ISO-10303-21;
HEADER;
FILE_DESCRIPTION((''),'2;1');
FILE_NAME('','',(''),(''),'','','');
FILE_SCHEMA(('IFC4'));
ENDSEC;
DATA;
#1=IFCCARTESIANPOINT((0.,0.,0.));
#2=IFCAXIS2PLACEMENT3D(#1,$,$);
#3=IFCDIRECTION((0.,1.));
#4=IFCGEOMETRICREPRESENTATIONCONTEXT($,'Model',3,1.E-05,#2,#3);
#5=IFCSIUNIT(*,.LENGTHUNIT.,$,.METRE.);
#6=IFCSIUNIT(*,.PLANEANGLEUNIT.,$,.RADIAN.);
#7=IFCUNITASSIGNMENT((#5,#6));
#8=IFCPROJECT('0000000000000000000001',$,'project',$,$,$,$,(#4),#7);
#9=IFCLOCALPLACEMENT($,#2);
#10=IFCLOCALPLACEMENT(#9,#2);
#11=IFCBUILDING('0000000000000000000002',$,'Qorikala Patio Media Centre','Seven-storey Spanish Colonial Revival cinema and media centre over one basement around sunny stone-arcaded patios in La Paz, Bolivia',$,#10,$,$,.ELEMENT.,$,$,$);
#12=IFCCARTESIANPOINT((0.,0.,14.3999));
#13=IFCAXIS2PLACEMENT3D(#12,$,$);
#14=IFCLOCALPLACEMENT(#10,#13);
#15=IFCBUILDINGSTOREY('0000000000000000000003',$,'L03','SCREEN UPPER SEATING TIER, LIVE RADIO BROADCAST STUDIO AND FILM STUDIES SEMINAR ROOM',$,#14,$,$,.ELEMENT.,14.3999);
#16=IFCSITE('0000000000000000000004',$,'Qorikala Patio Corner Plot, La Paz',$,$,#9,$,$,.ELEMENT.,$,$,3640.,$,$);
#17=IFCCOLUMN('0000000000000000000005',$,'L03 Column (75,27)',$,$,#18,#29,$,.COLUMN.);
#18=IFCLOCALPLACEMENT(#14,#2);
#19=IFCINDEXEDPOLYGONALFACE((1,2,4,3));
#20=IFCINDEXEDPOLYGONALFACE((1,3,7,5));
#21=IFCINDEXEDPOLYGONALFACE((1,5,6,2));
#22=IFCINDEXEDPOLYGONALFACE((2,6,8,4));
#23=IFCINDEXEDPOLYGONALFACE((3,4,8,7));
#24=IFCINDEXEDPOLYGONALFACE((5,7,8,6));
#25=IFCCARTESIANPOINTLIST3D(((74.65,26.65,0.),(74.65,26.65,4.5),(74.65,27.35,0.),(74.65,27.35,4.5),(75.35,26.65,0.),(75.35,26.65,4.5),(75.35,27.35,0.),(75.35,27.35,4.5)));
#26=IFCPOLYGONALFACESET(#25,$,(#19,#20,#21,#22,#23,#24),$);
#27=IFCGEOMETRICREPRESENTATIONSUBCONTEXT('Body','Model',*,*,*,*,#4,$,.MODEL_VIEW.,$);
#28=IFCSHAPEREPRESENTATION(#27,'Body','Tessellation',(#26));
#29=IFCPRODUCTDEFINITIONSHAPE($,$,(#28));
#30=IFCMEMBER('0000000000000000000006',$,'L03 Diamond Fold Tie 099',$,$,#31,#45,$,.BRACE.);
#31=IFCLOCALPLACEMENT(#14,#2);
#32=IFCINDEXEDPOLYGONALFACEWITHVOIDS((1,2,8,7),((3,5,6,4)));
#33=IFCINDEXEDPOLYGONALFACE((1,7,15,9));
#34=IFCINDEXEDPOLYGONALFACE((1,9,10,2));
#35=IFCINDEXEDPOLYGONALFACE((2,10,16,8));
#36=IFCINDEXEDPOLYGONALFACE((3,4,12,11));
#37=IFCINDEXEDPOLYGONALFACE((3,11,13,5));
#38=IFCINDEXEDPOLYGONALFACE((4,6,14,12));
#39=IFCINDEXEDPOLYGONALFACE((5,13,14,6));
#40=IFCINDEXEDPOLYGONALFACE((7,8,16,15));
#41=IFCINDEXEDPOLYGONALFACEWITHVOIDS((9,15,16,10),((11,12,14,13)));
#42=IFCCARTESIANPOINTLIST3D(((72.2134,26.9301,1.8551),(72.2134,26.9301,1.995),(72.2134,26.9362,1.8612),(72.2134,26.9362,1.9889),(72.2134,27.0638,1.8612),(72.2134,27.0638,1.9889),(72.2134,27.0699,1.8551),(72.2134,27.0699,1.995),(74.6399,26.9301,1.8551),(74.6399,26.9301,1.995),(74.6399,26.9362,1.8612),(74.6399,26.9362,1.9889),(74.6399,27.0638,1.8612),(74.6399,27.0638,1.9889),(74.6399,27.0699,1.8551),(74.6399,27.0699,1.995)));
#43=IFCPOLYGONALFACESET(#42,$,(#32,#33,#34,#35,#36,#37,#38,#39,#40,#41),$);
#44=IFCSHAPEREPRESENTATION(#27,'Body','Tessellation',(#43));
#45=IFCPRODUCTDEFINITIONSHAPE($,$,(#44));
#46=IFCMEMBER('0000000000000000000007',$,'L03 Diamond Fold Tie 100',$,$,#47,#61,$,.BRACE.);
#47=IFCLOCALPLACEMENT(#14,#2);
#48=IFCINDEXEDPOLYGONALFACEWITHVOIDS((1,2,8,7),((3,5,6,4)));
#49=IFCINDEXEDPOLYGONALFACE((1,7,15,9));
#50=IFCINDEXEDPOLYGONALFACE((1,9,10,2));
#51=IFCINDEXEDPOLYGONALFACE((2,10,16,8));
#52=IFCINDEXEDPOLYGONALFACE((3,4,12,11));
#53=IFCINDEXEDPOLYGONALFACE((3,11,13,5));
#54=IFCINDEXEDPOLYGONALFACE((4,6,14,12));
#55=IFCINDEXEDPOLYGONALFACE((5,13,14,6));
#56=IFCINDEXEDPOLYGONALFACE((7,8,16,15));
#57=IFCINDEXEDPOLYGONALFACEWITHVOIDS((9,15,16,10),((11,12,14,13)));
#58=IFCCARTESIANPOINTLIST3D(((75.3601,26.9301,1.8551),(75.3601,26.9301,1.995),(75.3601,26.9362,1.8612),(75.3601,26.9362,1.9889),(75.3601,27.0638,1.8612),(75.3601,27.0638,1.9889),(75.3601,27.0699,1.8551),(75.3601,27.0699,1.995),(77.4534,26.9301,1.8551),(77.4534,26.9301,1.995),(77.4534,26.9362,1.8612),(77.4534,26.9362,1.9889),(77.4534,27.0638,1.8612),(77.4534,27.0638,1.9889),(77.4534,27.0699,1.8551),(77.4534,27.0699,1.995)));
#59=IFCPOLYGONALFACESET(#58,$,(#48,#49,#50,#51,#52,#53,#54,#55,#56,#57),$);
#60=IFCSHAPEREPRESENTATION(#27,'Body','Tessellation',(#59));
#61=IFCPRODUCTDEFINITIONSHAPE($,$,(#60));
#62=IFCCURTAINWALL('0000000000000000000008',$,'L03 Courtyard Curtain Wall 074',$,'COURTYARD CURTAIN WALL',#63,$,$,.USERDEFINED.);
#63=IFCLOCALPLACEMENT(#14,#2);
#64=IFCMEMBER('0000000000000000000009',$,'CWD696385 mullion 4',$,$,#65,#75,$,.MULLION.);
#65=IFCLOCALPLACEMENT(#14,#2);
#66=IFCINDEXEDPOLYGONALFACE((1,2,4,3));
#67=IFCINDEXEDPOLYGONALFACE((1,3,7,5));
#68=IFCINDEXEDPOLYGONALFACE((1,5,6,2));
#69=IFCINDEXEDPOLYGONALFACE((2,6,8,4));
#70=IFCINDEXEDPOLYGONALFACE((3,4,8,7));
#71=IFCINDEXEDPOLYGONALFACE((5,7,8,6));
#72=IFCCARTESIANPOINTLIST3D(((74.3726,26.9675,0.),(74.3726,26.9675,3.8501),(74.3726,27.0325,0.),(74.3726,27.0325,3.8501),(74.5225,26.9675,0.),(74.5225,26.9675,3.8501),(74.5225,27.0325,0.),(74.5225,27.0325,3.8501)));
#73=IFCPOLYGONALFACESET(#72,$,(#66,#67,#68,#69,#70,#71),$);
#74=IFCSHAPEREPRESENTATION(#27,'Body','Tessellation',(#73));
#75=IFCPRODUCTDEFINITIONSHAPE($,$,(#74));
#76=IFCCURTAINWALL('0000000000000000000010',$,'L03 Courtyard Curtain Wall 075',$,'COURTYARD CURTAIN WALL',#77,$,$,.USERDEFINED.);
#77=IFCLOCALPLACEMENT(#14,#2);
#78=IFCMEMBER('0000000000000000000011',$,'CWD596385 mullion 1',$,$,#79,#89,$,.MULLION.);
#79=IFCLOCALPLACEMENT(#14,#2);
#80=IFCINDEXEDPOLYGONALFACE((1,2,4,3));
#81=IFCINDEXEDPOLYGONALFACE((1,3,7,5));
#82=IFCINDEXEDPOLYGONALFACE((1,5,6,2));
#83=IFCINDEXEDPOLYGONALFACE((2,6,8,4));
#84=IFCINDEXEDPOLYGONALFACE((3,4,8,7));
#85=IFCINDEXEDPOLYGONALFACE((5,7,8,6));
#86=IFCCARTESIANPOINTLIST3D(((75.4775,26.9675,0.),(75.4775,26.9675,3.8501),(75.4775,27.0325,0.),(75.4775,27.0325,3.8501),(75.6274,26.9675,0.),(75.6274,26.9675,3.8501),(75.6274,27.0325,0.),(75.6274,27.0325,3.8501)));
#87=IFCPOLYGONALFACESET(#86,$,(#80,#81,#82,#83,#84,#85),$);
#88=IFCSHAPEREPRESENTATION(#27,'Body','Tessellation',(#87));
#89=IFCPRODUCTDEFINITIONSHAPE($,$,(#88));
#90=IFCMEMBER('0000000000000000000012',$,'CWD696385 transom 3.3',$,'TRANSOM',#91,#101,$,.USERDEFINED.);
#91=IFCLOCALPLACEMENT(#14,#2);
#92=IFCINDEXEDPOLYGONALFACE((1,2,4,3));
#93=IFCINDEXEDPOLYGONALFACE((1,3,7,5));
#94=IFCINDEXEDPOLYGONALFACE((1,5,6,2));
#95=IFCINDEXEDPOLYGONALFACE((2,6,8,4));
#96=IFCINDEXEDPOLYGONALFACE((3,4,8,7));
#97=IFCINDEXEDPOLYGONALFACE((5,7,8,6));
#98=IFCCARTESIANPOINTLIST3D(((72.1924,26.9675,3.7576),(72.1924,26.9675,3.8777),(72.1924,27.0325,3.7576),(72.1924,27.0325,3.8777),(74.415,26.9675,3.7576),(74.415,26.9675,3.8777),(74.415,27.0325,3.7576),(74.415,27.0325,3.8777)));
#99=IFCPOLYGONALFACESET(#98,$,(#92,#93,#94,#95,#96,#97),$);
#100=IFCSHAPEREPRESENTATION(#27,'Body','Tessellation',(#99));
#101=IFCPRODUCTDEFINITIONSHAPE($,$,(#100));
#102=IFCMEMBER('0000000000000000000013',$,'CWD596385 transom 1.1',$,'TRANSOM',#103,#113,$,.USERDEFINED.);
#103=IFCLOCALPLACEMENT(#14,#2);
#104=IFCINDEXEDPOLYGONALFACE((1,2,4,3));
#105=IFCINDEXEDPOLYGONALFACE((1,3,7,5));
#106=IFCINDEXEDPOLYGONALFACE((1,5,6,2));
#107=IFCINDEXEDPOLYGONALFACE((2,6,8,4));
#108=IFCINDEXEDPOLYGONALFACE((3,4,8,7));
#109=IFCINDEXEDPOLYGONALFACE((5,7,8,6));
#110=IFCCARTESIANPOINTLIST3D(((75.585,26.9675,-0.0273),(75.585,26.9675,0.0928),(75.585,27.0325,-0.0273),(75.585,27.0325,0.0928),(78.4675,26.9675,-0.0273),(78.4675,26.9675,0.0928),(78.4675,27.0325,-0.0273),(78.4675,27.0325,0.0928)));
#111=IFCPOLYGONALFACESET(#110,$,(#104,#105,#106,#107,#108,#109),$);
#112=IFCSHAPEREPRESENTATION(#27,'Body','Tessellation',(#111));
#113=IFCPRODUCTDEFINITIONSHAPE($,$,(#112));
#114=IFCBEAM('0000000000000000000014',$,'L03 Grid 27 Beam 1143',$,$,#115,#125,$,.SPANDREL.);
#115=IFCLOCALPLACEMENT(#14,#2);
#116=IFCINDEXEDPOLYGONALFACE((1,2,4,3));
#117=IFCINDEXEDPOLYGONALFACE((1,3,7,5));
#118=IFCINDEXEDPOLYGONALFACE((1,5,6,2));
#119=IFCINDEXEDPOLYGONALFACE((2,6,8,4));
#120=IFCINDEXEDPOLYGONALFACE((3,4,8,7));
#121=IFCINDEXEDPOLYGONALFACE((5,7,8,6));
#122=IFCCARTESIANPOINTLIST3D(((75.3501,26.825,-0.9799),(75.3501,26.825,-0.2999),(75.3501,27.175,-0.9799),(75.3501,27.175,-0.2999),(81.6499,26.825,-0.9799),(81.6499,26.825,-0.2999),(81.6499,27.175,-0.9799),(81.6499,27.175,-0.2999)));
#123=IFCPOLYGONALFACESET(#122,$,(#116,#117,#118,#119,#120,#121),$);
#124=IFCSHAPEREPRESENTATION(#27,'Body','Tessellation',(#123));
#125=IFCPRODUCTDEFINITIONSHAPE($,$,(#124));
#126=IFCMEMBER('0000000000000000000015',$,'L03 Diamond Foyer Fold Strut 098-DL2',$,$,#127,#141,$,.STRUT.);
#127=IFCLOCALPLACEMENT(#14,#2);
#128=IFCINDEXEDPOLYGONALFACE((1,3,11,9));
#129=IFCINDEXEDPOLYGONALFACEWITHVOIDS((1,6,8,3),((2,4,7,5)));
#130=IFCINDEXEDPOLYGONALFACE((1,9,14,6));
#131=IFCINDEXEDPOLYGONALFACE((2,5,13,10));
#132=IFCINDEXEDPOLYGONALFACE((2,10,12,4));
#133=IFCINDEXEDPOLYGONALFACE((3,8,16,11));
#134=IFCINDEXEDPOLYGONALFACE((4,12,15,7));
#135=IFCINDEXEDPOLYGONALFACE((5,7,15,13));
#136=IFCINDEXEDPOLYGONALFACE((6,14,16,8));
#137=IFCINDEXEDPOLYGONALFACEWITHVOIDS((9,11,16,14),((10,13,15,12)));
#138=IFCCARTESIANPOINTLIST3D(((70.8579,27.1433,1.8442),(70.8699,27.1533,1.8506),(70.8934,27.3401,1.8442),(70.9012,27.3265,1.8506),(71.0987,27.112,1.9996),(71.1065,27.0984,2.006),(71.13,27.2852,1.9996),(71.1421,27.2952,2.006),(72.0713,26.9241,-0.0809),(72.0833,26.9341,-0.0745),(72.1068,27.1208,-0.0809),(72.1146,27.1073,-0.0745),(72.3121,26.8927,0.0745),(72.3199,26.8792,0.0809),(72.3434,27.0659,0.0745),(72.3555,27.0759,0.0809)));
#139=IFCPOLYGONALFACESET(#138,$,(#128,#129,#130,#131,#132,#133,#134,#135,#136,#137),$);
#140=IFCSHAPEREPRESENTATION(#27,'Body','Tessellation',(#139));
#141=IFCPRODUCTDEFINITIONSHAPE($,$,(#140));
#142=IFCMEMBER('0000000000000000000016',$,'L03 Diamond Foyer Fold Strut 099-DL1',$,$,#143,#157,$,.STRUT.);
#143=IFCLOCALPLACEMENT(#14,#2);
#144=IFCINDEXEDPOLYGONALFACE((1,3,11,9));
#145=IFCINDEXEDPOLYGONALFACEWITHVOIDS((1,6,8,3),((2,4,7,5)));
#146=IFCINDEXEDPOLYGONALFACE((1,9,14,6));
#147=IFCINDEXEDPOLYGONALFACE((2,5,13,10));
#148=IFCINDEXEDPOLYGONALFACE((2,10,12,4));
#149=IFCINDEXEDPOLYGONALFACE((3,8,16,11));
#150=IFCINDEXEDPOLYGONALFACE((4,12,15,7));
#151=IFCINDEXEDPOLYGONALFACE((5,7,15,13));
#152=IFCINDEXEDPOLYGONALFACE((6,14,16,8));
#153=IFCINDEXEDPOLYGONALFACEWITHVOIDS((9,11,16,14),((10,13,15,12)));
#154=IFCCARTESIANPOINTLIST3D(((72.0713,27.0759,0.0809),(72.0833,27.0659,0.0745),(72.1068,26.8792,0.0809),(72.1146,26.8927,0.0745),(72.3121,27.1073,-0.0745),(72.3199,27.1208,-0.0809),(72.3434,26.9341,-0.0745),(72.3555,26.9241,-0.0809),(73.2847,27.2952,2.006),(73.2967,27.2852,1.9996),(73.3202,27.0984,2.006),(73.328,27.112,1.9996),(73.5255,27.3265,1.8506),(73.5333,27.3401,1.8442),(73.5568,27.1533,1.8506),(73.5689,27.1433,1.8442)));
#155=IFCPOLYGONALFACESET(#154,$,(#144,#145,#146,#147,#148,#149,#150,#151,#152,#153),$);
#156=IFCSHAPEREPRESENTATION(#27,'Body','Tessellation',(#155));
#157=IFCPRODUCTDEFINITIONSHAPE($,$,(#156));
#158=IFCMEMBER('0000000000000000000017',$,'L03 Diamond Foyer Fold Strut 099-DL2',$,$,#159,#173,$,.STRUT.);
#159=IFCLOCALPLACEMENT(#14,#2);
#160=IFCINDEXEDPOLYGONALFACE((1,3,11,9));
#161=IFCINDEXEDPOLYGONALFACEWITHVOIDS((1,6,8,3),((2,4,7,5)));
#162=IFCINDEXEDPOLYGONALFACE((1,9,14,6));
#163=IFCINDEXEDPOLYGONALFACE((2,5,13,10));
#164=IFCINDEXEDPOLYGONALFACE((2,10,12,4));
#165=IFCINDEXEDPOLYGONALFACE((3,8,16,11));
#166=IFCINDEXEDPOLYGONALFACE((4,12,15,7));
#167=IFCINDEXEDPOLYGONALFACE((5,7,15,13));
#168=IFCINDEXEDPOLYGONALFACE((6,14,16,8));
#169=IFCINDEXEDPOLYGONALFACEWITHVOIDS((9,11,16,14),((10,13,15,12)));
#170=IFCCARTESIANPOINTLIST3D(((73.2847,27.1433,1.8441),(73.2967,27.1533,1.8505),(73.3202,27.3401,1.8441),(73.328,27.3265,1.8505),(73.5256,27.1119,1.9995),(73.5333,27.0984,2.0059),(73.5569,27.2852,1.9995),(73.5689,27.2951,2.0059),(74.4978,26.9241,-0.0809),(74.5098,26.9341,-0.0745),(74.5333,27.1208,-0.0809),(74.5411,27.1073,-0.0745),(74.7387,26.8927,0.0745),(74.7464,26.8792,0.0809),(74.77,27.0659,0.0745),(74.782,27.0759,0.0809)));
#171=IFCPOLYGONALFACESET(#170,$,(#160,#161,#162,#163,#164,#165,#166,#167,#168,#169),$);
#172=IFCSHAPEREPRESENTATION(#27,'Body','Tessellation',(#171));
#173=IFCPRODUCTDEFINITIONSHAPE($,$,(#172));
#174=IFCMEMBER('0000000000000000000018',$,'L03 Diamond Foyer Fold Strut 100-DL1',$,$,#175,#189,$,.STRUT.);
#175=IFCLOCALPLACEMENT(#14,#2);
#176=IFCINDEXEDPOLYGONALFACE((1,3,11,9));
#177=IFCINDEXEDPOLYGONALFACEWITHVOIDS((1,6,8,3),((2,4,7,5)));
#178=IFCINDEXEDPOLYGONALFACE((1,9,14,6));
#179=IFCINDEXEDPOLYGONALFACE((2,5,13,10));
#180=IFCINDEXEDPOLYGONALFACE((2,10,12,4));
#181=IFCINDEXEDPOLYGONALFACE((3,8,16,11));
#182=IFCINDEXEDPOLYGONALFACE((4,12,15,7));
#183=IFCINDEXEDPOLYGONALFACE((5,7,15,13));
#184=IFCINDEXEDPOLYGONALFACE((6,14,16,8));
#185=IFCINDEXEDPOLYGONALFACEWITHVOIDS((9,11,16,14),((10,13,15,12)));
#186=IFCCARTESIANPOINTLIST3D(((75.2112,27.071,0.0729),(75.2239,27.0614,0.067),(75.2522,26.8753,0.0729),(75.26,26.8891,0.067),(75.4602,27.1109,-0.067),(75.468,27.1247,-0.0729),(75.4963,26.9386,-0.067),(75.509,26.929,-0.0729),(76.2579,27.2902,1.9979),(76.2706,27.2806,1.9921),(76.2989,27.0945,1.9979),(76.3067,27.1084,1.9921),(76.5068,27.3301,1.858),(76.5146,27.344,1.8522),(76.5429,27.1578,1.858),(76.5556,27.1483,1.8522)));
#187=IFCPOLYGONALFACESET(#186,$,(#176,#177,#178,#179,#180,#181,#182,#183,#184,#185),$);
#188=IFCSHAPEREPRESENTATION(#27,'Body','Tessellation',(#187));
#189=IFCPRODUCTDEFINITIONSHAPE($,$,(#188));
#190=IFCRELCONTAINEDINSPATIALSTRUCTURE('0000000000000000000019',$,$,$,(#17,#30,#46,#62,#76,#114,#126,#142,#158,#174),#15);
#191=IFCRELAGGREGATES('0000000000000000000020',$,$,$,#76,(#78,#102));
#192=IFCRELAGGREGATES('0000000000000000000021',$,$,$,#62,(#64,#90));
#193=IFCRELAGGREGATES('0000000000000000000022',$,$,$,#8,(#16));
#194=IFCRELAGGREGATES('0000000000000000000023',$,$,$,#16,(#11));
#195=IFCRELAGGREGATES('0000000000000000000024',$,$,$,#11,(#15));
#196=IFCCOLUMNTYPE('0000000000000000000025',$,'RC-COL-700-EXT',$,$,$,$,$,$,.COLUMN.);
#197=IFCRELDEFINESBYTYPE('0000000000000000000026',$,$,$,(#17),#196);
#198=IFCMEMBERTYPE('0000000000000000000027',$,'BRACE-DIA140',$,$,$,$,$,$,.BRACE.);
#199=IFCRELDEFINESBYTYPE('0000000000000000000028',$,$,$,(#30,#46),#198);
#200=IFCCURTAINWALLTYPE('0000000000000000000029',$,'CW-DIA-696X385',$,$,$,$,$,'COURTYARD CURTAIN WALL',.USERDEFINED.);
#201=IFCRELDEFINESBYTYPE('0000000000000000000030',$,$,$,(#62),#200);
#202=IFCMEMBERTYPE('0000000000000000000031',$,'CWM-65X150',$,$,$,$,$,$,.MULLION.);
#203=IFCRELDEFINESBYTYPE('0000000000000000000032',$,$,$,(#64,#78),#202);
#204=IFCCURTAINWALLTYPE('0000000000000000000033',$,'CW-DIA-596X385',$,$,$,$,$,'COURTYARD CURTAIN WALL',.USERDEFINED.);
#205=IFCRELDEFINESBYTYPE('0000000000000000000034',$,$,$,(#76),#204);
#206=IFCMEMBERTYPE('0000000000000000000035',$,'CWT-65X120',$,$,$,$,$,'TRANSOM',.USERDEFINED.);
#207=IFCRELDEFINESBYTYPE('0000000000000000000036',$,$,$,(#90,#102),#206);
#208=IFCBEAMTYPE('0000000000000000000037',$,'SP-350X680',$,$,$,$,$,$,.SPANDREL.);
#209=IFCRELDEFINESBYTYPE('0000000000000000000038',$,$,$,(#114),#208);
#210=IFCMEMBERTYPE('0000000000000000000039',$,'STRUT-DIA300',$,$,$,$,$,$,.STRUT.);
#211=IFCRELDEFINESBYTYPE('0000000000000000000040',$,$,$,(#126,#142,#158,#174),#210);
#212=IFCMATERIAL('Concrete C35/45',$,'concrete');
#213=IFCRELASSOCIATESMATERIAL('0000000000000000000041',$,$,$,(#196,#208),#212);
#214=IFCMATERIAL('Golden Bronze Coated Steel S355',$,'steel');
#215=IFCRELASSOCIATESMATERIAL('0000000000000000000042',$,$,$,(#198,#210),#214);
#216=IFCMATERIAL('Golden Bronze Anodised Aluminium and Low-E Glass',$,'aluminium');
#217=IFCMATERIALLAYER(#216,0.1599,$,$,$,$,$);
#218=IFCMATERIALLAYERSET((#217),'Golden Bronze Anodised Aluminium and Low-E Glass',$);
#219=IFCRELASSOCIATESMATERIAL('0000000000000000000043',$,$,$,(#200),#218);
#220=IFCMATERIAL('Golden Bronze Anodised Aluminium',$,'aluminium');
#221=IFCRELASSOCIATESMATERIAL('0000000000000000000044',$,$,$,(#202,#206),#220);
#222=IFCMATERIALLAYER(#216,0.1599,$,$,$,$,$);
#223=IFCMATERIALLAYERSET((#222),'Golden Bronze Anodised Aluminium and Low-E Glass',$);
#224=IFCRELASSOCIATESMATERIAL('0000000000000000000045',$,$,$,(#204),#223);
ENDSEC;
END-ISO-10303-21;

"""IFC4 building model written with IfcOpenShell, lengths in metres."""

from ifc_helpers import new_model, si_unit, direction, frame, origin, origin_2d, place, context, subcontext, project, spatial, rectangle, hollow_rectangle, extrude, material, layer, layer_set, material_profile, profile_set, type_object, element, aggregate, save


model = new_model("IFC4")

# Units and contexts
model_context = context("Model", 3, precision=1e-05, world=origin(), true_north=direction((0.0, 1.0)))
body_context = subcontext(model_context, "Body", "Model", "MODEL_VIEW")
ifc_project = project(units=[si_unit("LENGTHUNIT", "METRE"), si_unit("PLANEANGLEUNIT", "RADIAN")], contexts=[model_context])

# Site, building, storey
site_placement = place(None, origin())
site = spatial("IfcSite", under=ifc_project, at=site_placement, Name="Qorikala Patio Corner Plot, La Paz", CompositionType="ELEMENT", RefElevation=3640.0)
building_placement = place(site_placement, origin())
building = spatial("IfcBuilding", under=site, at=building_placement, Name="Qorikala Patio Media Centre", Description="Seven-storey Spanish Colonial Revival cinema and media centre over one basement around sunny stone-arcaded patios in La Paz, Bolivia", CompositionType="ELEMENT")
storey_placement = place(building_placement, frame((0.0, 0.0, 14.3999)))
storey = spatial("IfcBuildingStorey", under=building, at=storey_placement, Name="L03", Description="SCREEN UPPER SEATING TIER, LIVE RADIO BROADCAST STUDIO AND FILM STUDIES SEMINAR ROOM", CompositionType="ELEMENT", Elevation=14.3999)

# Column
ifc_material_1 = material(Name="Concrete C35/45", Category="concrete")
ifc_material_profile_1 = material_profile(ifc_material_1, rectangle(XDim=0.7, YDim=0.7, at=origin_2d()), Name="RC 700x700")
ifc_profile_set_1 = profile_set([ifc_material_profile_1], Name="Concrete C35/45")
column_type = type_object("IfcColumnType", Name="RC-COL-700-EXT", PredefinedType="COLUMN", material=ifc_profile_set_1)
column_placement = place(storey_placement, frame((75.0, 27.0, 0.0), z_axis=(0.0, 0.0, 1.0), x_axis=(1.0, 0.0, 0.0)))
element("IfcColumn", 1, at=column_placement, inside=storey, type_object=column_type, Name="L03 Column (75,27)", PredefinedType="COLUMN", context=body_context, shape_type="SweptSolid", body=[
    extrude(rectangle(XDim=0.7, YDim=0.7, at=origin_2d()), origin(), (0.0, 0.0, 1.0), 4.5),
])

# Members
ifc_material_2 = material(Name="Golden Bronze Coated Steel S355", Category="steel")
ifc_material_profile_2 = material_profile(ifc_material_2, hollow_rectangle(XDim=0.1399, YDim=0.1399, WallThickness=0.0061, at=origin_2d()), Name="HSS140X140X6")
ifc_profile_set_2 = profile_set([ifc_material_profile_2], Name="Golden Bronze Coated Steel S355")
member_type_1 = type_object("IfcMemberType", Name="BRACE-DIA140", PredefinedType="BRACE", material=ifc_profile_set_2)
member_1_placement = place(storey_placement, frame((72.2134, 27.0, 1.925), z_axis=(1.0, 0.0, 0.0), x_axis=(0.0, 1.0, 0.0)))
element("IfcMember", 2, at=member_1_placement, inside=storey, type_object=member_type_1, Name="L03 Diamond Fold Tie 099", PredefinedType="BRACE", context=body_context, shape_type="SweptSolid", body=[
    extrude(hollow_rectangle(XDim=0.1399, YDim=0.1399, WallThickness=0.0061, at=origin_2d()), origin(), (0.0, 0.0, 1.0), 2.4265),
])
member_2_placement = place(storey_placement, frame((75.3601, 27.0, 1.925), z_axis=(1.0, 0.0, 0.0), x_axis=(0.0, 1.0, 0.0)))
element("IfcMember", 3, at=member_2_placement, inside=storey, type_object=member_type_1, Name="L03 Diamond Fold Tie 100", PredefinedType="BRACE", context=body_context, shape_type="SweptSolid", body=[
    extrude(hollow_rectangle(XDim=0.1399, YDim=0.1399, WallThickness=0.0061, at=origin_2d()), origin(), (0.0, 0.0, 1.0), 2.0933),
])

# Curtain walls, members
ifc_material_3 = material(Name="Golden Bronze Anodised Aluminium and Low-E Glass", Category="aluminium")
ifc_layer_1 = layer(ifc_material_3, 0.1599)
ifc_layer_set_1 = layer_set([ifc_layer_1], Name="Golden Bronze Anodised Aluminium and Low-E Glass")
curtain_wall_type_1 = type_object("IfcCurtainWallType", Name="CW-DIA-696X385", ElementType="COURTYARD CURTAIN WALL", PredefinedType="USERDEFINED", material=ifc_layer_set_1)
curtain_wall_1_placement = place(storey_placement, origin())
curtain_wall_1 = element("IfcCurtainWall", 4, at=curtain_wall_1_placement, inside=storey, type_object=curtain_wall_type_1, Name="L03 Courtyard Curtain Wall 074", ObjectType="COURTYARD CURTAIN WALL", PredefinedType="USERDEFINED")
ifc_material_4 = material(Name="Golden Bronze Anodised Aluminium", Category="aluminium")
ifc_material_profile_3 = material_profile(ifc_material_4, rectangle(XDim=0.0649, YDim=0.1499, at=origin_2d()), Name="ALU MULLION 65x150")
ifc_profile_set_3 = profile_set([ifc_material_profile_3], Name="Golden Bronze Anodised Aluminium")
member_type_2 = type_object("IfcMemberType", Name="CWM-65X150", PredefinedType="MULLION", material=ifc_profile_set_3)
member_3_placement = place(storey_placement, frame((74.4475, 27.0, 0.0), z_axis=(0.0, 0.0, 1.0), x_axis=(0.0, 1.0, 0.0)))
member_3 = element("IfcMember", 5, at=member_3_placement, type_object=member_type_2, Name="CWD696385 mullion 4", PredefinedType="MULLION", context=body_context, shape_type="SweptSolid", body=[
    extrude(rectangle(XDim=0.0649, YDim=0.1499, at=origin_2d()), origin(), (0.0, 0.0, 1.0), 3.8501),
])
ifc_layer_2 = layer(ifc_material_3, 0.1599)
ifc_layer_set_2 = layer_set([ifc_layer_2], Name="Golden Bronze Anodised Aluminium and Low-E Glass")
curtain_wall_type_2 = type_object("IfcCurtainWallType", Name="CW-DIA-596X385", ElementType="COURTYARD CURTAIN WALL", PredefinedType="USERDEFINED", material=ifc_layer_set_2)
curtain_wall_2_placement = place(storey_placement, origin())
curtain_wall_2 = element("IfcCurtainWall", 6, at=curtain_wall_2_placement, inside=storey, type_object=curtain_wall_type_2, Name="L03 Courtyard Curtain Wall 075", ObjectType="COURTYARD CURTAIN WALL", PredefinedType="USERDEFINED")
member_4_placement = place(storey_placement, frame((75.5525, 27.0, 0.0), z_axis=(0.0, 0.0, 1.0), x_axis=(0.0, 1.0, 0.0)))
member_4 = element("IfcMember", 7, at=member_4_placement, type_object=member_type_2, Name="CWD596385 mullion 1", PredefinedType="MULLION", context=body_context, shape_type="SweptSolid", body=[
    extrude(rectangle(XDim=0.0649, YDim=0.1499, at=origin_2d()), origin(), (0.0, 0.0, 1.0), 3.8501),
])

# Members
ifc_material_profile_4 = material_profile(ifc_material_4, rectangle(XDim=0.0649, YDim=0.1201, at=origin_2d()), Name="ALU TRANSOM 65x120")
ifc_profile_set_4 = profile_set([ifc_material_profile_4], Name="Golden Bronze Anodised Aluminium")
member_type_3 = type_object("IfcMemberType", Name="CWT-65X120", ElementType="TRANSOM", PredefinedType="USERDEFINED", material=ifc_profile_set_4)
member_5_placement = place(storey_placement, frame((72.1924, 27.0, 3.8176), z_axis=(1.0, 0.0, 0.0), x_axis=(0.0, 1.0, 0.0)))
member_5 = element("IfcMember", 8, at=member_5_placement, type_object=member_type_3, Name="CWD696385 transom 3.3", ObjectType="TRANSOM", PredefinedType="USERDEFINED", context=body_context, shape_type="SweptSolid", body=[
    extrude(rectangle(XDim=0.0649, YDim=0.1201, at=origin_2d()), origin(), (0.0, 0.0, 1.0), 2.2227),
])
member_6_placement = place(storey_placement, frame((75.585, 27.0, 0.0327), z_axis=(1.0, 0.0, 0.0), x_axis=(0.0, 1.0, 0.0)))
member_6 = element("IfcMember", 9, at=member_6_placement, type_object=member_type_3, Name="CWD596385 transom 1.1", ObjectType="TRANSOM", PredefinedType="USERDEFINED", context=body_context, shape_type="SweptSolid", body=[
    extrude(rectangle(XDim=0.0649, YDim=0.1201, at=origin_2d()), origin(), (0.0, 0.0, 1.0), 2.8826),
])
aggregate(curtain_wall_2, [member_4, member_6])

# Beam
ifc_material_profile_5 = material_profile(ifc_material_1, rectangle(XDim=0.3501, YDim=0.6799, at=origin_2d()), Name="RC 350x680")
ifc_profile_set_5 = profile_set([ifc_material_profile_5], Name="Concrete C35/45")
beam_type = type_object("IfcBeamType", Name="SP-350X680", PredefinedType="SPANDREL", material=ifc_profile_set_5)
beam_placement = place(storey_placement, frame((75.3501, 27.0, -0.6399), z_axis=(1.0, 0.0, 0.0), x_axis=(0.0, 1.0, 0.0)))
element("IfcBeam", 10, at=beam_placement, inside=storey, type_object=beam_type, Name="L03 Grid 27 Beam 1143", PredefinedType="SPANDREL", context=body_context, shape_type="SweptSolid", body=[
    extrude(rectangle(XDim=0.3501, YDim=0.6799, at=origin_2d()), origin(), (0.0, 0.0, 1.0), 6.2998),
])

# Members
ifc_material_profile_6 = material_profile(ifc_material_2, hollow_rectangle(XDim=0.2, YDim=0.3, WallThickness=0.012, at=origin_2d()), Name="HSS300X200X12")
ifc_profile_set_6 = profile_set([ifc_material_profile_6], Name="Golden Bronze Coated Steel S355")
member_type_4 = type_object("IfcMemberType", Name="STRUT-DIA300", PredefinedType="STRUT", material=ifc_profile_set_6)
for number, where, z_axis, x_axis, name in (
    (11, (72.2134, 27.0, 0.0), (-0.530768, 0.095901, 0.842074), (-0.177805, -0.984066, 0.0), "L03 Diamond Foyer Fold Strut 098-DL2"),
    (12, (72.2134, 27.0, 0.0), (0.530768, 0.095901, 0.842074), (-0.177805, 0.984066, 0.0), "L03 Diamond Foyer Fold Strut 099-DL1"),
):
    element("IfcMember", number, at=place(storey_placement, frame(where, z_axis=z_axis, x_axis=x_axis)), inside=storey, type_object=member_type_4, Name=name, PredefinedType="STRUT", context=body_context, shape_type="SweptSolid", body=[
        extrude(hollow_rectangle(XDim=0.2, YDim=0.3, WallThickness=0.012, at=origin_2d()), origin(), (0.0, 0.0, 1.0), 2.2861),
    ])
member_7_placement = place(storey_placement, frame((74.6399, 27.0, 0.0), z_axis=(-0.530691, 0.095907, 0.842121), x_axis=(-0.17784, -0.984059, 0.0)))
element("IfcMember", 13, at=member_7_placement, inside=storey, type_object=member_type_4, Name="L03 Diamond Foyer Fold Strut 099-DL2", PredefinedType="STRUT", context=body_context, shape_type="SweptSolid", body=[
    extrude(hollow_rectangle(XDim=0.2, YDim=0.3, WallThickness=0.012, at=origin_2d()), origin(), (0.0, 0.0, 1.0), 2.2859),
])
member_8_placement = place(storey_placement, frame((75.3601, 27.0, 0.0), z_axis=(0.475284, 0.099558, 0.874181), x_axis=(-0.205021, 0.978758, 0.0)))
element("IfcMember", 14, at=member_8_placement, inside=storey, type_object=member_type_4, Name="L03 Diamond Foyer Fold Strut 100-DL1", PredefinedType="STRUT", context=body_context, shape_type="SweptSolid", body=[
    extrude(hollow_rectangle(XDim=0.2, YDim=0.3, WallThickness=0.012, at=origin_2d()), origin(), (0.0, 0.0, 1.0), 2.2021),
])

aggregate(curtain_wall_1, [member_3, member_5])

save(model, "model.ifc")
